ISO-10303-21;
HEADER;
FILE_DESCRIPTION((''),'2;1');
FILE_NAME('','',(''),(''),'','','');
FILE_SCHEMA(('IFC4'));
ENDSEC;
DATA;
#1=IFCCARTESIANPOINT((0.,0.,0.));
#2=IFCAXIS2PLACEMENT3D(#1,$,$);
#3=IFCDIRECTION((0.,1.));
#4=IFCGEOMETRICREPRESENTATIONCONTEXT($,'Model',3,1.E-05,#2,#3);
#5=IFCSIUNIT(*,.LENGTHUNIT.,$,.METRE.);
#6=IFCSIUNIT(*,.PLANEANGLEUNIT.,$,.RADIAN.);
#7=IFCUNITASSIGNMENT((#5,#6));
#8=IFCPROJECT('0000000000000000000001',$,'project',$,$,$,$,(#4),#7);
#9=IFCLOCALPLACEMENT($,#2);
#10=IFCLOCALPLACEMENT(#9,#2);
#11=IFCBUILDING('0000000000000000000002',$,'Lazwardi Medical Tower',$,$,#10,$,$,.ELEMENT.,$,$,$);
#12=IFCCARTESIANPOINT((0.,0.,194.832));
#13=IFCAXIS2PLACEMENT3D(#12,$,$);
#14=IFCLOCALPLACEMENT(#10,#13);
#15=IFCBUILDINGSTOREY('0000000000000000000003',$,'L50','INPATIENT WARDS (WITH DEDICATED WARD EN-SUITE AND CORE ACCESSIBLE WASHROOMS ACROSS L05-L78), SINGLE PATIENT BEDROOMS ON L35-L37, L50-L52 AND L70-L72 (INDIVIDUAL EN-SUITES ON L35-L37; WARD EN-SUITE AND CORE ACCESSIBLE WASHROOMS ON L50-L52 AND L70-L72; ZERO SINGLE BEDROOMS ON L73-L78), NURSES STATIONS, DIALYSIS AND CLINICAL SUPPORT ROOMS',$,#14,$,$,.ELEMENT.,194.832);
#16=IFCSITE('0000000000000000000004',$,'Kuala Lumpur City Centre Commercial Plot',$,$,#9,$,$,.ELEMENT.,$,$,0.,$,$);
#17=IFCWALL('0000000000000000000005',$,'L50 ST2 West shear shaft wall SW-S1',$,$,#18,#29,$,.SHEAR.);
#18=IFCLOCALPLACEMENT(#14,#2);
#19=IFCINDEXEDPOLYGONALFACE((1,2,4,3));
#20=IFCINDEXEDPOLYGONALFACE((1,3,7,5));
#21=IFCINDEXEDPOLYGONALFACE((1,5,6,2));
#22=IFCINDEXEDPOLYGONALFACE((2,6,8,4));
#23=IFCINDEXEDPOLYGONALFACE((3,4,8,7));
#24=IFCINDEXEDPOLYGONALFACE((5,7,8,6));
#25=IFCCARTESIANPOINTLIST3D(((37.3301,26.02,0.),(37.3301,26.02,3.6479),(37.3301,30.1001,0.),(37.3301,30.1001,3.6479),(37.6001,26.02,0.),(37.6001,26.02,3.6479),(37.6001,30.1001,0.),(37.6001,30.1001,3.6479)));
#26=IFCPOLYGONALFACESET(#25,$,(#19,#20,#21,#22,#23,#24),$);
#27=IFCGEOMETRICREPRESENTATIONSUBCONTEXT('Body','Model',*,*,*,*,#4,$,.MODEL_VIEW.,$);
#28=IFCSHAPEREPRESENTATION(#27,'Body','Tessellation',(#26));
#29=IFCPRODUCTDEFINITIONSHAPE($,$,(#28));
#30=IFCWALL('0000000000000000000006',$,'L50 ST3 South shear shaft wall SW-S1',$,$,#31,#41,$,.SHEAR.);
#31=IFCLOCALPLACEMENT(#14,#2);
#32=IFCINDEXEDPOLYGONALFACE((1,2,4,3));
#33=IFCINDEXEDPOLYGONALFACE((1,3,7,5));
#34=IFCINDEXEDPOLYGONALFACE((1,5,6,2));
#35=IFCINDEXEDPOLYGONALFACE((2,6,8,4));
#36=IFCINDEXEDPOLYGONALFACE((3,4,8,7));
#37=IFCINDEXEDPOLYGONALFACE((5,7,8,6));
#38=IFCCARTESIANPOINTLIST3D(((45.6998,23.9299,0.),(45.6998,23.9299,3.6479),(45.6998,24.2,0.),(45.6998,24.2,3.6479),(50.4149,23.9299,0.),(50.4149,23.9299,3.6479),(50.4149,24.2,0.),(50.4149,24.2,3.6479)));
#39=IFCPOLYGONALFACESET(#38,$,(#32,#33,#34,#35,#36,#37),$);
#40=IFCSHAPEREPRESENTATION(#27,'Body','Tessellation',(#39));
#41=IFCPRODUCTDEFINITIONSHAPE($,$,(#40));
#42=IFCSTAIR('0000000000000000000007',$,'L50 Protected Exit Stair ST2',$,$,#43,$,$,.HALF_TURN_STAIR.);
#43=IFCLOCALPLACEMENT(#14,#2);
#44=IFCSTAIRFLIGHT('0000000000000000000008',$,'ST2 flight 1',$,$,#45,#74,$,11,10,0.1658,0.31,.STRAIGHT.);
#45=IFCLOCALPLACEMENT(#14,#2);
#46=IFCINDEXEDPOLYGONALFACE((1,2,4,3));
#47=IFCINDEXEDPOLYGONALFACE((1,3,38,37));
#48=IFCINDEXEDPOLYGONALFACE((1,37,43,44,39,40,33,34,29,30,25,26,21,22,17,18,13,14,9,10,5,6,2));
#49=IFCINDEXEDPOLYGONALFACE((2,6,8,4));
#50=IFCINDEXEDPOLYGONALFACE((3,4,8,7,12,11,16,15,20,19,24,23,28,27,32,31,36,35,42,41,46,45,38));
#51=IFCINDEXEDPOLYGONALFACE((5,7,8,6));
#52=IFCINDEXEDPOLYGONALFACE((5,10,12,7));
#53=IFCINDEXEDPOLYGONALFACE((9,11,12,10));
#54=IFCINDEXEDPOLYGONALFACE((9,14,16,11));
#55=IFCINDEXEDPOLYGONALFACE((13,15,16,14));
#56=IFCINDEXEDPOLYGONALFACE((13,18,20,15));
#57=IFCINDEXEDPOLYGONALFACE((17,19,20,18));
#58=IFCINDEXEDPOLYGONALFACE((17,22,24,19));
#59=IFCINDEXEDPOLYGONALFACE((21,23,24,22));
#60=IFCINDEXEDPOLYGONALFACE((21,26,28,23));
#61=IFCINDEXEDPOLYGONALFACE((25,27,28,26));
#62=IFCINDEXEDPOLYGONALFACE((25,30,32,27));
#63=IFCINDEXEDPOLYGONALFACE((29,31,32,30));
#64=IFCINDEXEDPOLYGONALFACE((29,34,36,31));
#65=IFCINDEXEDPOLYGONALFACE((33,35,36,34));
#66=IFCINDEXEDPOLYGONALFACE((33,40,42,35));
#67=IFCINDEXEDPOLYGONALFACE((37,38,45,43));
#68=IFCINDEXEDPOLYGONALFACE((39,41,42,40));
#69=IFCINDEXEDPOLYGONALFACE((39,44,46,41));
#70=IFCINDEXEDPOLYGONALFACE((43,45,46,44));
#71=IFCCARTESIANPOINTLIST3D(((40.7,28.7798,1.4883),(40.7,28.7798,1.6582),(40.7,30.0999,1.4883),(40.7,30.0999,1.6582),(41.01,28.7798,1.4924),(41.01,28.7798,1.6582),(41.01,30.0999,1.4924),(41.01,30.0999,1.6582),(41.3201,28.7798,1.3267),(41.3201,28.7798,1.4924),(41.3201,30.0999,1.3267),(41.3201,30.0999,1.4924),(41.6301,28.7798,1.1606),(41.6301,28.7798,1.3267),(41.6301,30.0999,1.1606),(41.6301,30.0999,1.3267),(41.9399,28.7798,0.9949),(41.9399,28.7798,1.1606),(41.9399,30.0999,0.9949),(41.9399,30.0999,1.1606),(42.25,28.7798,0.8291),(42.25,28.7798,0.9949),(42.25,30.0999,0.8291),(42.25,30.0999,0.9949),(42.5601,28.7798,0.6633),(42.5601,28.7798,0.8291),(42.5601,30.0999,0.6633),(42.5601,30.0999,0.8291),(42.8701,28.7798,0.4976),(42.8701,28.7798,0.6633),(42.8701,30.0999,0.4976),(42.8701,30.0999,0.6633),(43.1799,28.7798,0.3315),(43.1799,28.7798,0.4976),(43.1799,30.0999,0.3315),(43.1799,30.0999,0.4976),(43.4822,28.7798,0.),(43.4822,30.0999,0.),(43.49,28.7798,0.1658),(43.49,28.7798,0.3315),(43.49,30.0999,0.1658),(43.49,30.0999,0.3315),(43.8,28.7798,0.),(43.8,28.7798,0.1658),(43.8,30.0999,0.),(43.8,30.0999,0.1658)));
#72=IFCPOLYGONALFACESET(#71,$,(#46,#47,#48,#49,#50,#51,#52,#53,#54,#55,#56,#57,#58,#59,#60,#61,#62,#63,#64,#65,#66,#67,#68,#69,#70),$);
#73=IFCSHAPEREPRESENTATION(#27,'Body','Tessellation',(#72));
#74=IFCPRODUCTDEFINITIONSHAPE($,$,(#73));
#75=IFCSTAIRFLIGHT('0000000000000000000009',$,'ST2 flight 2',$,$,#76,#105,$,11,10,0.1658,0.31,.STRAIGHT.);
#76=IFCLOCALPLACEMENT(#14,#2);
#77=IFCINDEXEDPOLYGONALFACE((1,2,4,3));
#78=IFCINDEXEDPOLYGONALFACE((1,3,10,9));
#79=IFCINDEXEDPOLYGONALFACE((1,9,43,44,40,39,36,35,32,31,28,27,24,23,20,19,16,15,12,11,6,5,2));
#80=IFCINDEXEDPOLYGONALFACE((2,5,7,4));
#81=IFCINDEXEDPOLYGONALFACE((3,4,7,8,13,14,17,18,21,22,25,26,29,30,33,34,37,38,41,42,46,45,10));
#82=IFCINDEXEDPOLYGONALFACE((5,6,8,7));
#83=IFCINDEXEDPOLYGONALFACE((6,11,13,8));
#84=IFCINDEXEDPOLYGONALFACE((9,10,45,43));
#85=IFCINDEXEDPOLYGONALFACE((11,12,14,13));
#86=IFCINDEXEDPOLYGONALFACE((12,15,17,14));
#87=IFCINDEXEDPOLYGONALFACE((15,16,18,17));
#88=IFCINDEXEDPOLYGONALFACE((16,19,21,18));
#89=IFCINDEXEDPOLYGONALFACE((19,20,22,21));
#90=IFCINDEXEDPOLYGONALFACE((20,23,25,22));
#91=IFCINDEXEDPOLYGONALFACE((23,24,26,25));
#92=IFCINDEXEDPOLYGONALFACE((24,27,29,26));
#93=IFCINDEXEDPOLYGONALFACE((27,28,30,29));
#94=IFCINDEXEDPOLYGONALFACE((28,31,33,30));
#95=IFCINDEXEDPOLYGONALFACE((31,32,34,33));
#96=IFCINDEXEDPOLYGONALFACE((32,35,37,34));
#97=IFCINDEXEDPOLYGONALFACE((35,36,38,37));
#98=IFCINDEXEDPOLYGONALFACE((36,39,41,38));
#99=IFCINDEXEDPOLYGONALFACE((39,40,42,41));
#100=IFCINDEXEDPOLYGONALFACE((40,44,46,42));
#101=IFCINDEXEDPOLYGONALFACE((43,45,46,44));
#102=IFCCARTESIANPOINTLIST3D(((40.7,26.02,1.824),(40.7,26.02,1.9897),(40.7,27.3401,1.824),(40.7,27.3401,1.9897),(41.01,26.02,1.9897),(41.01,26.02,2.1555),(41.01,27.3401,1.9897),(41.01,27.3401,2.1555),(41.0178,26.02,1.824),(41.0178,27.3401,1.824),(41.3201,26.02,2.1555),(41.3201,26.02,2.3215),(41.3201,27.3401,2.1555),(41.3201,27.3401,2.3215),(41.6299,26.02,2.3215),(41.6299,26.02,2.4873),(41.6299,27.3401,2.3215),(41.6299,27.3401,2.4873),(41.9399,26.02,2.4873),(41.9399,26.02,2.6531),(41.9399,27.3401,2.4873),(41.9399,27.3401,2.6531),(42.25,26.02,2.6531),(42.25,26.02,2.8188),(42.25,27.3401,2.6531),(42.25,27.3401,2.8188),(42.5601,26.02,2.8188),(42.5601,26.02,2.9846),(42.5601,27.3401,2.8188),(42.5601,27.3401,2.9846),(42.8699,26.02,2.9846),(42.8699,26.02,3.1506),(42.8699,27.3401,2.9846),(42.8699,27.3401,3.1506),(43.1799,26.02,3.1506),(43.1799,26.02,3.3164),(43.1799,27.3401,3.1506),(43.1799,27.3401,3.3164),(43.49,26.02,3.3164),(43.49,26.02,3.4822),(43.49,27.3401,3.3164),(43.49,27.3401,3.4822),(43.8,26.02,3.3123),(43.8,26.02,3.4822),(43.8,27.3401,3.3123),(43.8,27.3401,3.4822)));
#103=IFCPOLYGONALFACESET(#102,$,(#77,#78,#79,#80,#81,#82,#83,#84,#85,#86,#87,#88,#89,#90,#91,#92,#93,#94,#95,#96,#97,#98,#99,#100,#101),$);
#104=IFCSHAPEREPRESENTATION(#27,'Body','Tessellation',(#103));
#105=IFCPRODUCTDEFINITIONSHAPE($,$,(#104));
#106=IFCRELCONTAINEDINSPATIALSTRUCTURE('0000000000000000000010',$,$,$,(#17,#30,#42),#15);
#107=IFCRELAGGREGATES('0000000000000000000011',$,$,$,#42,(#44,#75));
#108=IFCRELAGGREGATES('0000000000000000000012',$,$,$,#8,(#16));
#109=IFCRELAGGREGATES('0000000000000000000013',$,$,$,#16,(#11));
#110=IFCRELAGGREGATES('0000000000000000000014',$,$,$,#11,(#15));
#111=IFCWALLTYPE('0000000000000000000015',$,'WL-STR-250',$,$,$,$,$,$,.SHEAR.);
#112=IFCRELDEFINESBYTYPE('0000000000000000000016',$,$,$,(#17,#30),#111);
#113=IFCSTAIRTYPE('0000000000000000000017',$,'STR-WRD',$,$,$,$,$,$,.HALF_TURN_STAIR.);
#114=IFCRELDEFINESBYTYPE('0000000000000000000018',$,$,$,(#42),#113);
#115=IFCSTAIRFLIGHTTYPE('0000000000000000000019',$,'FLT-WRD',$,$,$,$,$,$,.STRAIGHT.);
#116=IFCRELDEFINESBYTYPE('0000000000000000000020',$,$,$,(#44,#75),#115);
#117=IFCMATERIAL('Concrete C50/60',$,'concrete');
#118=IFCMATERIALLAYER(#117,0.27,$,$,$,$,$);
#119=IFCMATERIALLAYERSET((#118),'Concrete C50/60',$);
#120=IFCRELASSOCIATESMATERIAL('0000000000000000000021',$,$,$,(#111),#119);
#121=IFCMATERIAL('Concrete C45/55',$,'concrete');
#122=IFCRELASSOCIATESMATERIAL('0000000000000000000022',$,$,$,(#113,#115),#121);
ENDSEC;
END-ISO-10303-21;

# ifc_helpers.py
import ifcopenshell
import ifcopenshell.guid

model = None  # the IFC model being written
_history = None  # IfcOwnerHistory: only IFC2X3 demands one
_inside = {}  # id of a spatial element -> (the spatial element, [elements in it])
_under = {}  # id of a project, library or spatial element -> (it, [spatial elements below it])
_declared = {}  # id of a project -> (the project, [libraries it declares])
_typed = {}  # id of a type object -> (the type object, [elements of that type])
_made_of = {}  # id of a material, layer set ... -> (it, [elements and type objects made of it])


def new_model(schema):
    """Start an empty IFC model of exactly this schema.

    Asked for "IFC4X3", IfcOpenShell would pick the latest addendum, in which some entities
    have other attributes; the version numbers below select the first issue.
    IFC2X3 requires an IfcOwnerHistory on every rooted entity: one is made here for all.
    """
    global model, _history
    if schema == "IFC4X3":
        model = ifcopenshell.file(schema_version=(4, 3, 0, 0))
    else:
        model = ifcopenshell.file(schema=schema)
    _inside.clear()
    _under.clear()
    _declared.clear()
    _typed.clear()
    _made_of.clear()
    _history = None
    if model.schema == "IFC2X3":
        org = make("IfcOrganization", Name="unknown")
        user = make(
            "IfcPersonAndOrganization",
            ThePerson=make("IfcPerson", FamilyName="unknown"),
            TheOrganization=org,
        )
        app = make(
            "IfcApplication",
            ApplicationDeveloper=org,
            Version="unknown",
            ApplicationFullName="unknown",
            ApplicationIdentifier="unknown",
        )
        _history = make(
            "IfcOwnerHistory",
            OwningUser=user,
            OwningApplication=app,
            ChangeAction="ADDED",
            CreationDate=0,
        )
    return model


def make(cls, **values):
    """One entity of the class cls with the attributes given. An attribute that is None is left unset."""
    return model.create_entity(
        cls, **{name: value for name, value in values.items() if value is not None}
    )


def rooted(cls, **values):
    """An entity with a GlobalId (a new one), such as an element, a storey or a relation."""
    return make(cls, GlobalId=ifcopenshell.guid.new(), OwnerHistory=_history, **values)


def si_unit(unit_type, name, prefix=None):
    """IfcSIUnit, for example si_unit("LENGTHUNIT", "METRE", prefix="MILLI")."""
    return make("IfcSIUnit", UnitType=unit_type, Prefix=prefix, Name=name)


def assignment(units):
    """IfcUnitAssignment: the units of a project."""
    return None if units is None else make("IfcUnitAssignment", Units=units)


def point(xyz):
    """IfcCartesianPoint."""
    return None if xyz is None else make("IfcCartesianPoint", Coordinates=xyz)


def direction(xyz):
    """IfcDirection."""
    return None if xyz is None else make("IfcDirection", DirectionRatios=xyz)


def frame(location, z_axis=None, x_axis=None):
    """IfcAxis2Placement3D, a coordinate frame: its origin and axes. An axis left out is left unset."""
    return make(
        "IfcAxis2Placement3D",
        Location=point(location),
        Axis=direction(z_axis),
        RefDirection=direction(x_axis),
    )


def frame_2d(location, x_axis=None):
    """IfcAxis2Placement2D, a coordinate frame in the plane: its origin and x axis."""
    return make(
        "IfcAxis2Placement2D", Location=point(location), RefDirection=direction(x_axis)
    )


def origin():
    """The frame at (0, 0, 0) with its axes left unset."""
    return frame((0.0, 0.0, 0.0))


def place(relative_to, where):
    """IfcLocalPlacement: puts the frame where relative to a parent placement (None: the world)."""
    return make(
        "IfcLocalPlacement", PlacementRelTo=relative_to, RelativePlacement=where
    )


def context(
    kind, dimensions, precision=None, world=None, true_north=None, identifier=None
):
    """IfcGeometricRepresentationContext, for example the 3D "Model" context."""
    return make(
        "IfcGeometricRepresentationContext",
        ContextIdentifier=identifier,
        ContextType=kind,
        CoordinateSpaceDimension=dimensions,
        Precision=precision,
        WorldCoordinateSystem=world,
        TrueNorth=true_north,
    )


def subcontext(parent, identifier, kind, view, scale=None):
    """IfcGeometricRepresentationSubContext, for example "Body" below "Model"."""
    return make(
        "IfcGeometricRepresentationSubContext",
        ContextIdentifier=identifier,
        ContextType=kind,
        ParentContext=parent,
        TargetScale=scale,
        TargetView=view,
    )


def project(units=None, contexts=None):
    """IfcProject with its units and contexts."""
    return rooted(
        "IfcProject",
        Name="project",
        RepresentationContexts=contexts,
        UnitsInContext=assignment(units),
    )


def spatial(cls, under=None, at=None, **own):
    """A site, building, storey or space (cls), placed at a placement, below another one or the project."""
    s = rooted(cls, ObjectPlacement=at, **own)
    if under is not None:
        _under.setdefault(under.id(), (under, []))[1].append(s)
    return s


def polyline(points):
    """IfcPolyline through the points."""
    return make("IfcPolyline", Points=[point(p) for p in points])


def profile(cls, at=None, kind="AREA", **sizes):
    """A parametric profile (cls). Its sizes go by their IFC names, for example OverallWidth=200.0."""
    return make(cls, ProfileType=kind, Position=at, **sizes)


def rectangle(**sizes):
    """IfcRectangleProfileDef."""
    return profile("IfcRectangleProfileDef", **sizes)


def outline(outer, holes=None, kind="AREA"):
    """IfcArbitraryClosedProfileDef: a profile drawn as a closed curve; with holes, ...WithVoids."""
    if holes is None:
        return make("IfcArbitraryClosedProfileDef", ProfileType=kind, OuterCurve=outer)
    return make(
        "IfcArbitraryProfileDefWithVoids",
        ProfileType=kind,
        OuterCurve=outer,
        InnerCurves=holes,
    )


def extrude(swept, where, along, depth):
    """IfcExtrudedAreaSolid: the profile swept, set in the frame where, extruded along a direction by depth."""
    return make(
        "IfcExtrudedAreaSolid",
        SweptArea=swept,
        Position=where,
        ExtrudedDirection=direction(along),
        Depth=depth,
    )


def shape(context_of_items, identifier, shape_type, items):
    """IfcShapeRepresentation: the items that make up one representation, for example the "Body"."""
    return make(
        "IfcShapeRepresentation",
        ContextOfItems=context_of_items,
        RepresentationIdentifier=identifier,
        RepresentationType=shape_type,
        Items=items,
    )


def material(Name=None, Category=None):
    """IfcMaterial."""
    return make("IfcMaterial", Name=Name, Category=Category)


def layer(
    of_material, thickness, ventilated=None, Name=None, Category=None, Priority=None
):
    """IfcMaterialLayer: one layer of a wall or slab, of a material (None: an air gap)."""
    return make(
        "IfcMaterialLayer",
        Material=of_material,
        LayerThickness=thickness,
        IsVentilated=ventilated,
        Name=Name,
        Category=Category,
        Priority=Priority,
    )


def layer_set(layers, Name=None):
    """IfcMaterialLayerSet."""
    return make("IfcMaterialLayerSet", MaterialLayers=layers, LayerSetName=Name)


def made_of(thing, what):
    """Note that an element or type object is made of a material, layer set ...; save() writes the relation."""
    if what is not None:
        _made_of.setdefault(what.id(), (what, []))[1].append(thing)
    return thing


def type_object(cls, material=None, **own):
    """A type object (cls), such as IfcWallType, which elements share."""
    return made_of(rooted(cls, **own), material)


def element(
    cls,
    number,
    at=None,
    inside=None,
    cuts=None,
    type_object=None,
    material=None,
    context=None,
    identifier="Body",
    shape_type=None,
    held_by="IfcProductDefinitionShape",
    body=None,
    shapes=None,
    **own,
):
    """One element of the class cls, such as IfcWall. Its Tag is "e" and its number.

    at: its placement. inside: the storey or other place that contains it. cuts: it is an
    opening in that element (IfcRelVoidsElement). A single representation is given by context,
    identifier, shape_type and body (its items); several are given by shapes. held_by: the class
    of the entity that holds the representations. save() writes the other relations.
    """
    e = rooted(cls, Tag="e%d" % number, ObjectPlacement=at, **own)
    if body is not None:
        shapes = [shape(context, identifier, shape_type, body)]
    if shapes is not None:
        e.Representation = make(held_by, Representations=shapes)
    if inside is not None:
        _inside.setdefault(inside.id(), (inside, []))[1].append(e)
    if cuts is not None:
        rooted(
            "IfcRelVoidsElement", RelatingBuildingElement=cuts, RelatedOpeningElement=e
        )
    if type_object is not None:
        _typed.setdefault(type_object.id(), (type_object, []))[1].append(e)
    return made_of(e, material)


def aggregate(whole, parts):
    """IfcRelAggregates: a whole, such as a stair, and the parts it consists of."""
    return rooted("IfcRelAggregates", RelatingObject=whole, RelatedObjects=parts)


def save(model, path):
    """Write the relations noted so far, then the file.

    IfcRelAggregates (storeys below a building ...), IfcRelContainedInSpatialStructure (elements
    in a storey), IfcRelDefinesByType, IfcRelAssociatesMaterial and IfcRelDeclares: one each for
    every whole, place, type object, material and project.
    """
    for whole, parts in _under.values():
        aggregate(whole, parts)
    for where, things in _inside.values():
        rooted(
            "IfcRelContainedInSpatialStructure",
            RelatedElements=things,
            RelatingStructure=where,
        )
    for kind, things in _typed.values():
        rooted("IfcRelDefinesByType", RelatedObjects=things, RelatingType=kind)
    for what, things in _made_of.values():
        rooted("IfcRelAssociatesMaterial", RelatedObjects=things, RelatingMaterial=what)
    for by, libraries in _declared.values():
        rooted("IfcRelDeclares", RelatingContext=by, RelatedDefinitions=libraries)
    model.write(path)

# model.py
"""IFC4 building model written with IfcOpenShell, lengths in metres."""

from ifc_helpers import new_model, si_unit, direction, frame, frame_2d, origin, place, context, subcontext, project, spatial, polyline, rectangle, outline, extrude, material, layer, layer_set, type_object, element, aggregate, save


model = new_model("IFC4")

# Units and contexts
model_context = context("Model", 3, precision=1e-05, world=origin(), true_north=direction((0.0, 1.0)))
body_context = subcontext(model_context, "Body", "Model", "MODEL_VIEW")
ifc_project = project(units=[si_unit("LENGTHUNIT", "METRE"), si_unit("PLANEANGLEUNIT", "RADIAN")], contexts=[model_context])

# Site, building, storey
site_placement = place(None, origin())
site = spatial("IfcSite", under=ifc_project, at=site_placement, Name="Kuala Lumpur City Centre Commercial Plot", CompositionType="ELEMENT", RefElevation=0.0)
building_placement = place(site_placement, origin())
building = spatial("IfcBuilding", under=site, at=building_placement, Name="Lazwardi Medical Tower", CompositionType="ELEMENT")
storey_placement = place(building_placement, frame((0.0, 0.0, 194.832)))
storey = spatial("IfcBuildingStorey", under=building, at=storey_placement, Name="L50", Description="INPATIENT WARDS (WITH DEDICATED WARD EN-SUITE AND CORE ACCESSIBLE WASHROOMS ACROSS L05-L78), SINGLE PATIENT BEDROOMS ON L35-L37, L50-L52 AND L70-L72 (INDIVIDUAL EN-SUITES ON L35-L37; WARD EN-SUITE AND CORE ACCESSIBLE WASHROOMS ON L50-L52 AND L70-L72; ZERO SINGLE BEDROOMS ON L73-L78), NURSES STATIONS, DIALYSIS AND CLINICAL SUPPORT ROOMS", CompositionType="ELEMENT", Elevation=194.832)

# Shared definitions
ifc_material_1 = material(Name="Concrete C50/60", Category="concrete")
ifc_layer_1 = layer(ifc_material_1, 0.27)
ifc_layer_set_1 = layer_set([ifc_layer_1], Name="Concrete C50/60")
wall_type_1 = type_object("IfcWallType", Name="WL-STR-250", PredefinedType="SHEAR", material=ifc_layer_set_1)

# Walls
wall_1_placement = place(storey_placement, frame((37.4651, 26.02, 0.0), z_axis=(0.0, 0.0, 1.0), x_axis=(0.0, 1.0, 0.0)))
element("IfcWall", 1, at=wall_1_placement, inside=storey, type_object=wall_type_1, Name="L50 ST2 West shear shaft wall SW-S1", PredefinedType="SHEAR", context=body_context, shape_type="SweptSolid", body=[
    extrude(rectangle(XDim=4.0801, YDim=0.27, at=frame_2d((2.04, 0.0))), origin(), (0.0, 0.0, 1.0), 3.6479),
])
wall_2_placement = place(storey_placement, frame((45.7, 24.0649, 0.0), z_axis=(0.0, 0.0, 1.0), x_axis=(1.0, 0.0, 0.0)))
element("IfcWall", 2, at=wall_2_placement, inside=storey, type_object=wall_type_1, Name="L50 ST3 South shear shaft wall SW-S1", PredefinedType="SHEAR", context=body_context, shape_type="SweptSolid", body=[
    extrude(rectangle(XDim=4.7151, YDim=0.27, at=frame_2d((2.3574, 0.0))), origin(), (0.0, 0.0, 1.0), 3.6479),
])

# Stair, stair flights
ifc_material_2 = material(Name="Concrete C45/55", Category="concrete")
stair_type = type_object("IfcStairType", Name="STR-WRD", PredefinedType="HALF_TURN_STAIR", material=ifc_material_2)
stair_placement = place(storey_placement, origin())
stair = element("IfcStair", 3, at=stair_placement, inside=storey, type_object=stair_type, Name="L50 Protected Exit Stair ST2", PredefinedType="HALF_TURN_STAIR")
stair_flight_type = type_object("IfcStairFlightType", Name="FLT-WRD", PredefinedType="STRAIGHT", material=ifc_material_2)
stair_flight_1_placement = place(storey_placement, frame((43.8, 29.4399, 0.0), z_axis=(0.0, 0.0, 1.0), x_axis=(-1.0, 0.0, 0.0)))
stair_flight_1 = element("IfcStairFlight", 4, at=stair_flight_1_placement, type_object=stair_flight_type, Name="ST2 flight 1", NumberOfRisers=11, NumberOfTreads=10, PredefinedType="STRAIGHT", RiserHeight=0.1658, TreadLength=0.31, context=body_context, shape_type="SweptSolid", body=[
    extrude(outline(polyline([(0.0, 0.0), (0.0, 0.1658), (0.3101, 0.1658), (0.3101, 0.3315), (0.6201, 0.3315), (0.6201, 0.4976), (0.9299, 0.4976), (0.9299, 0.6633), (1.24, 0.6633), (1.24, 0.8291), (1.55, 0.8291), (1.55, 0.9949), (1.8601, 0.9949), (1.8601, 1.1606), (2.1699, 1.1606), (2.1699, 1.3267), (2.48, 1.3267), (2.48, 1.4924), (2.79, 1.4924), (2.79, 1.6582), (3.1001, 1.6582), (3.1001, 1.824), (3.1001, 1.4883), (0.3179, 0.0), (0.0, 0.0)])), frame((0.0, 0.6602, 0.0), z_axis=(0.0, -1.0, 0.0), x_axis=(1.0, 0.0, 0.0)), (0.0, 0.0, 1.0), 1.3201),
])
stair_flight_2_placement = place(storey_placement, frame((40.7, 26.6799, 1.824), z_axis=(0.0, 0.0, 1.0), x_axis=(1.0, 0.0, 0.0)))
stair_flight_2 = element("IfcStairFlight", 5, at=stair_flight_2_placement, type_object=stair_flight_type, Name="ST2 flight 2", NumberOfRisers=11, NumberOfTreads=10, PredefinedType="STRAIGHT", RiserHeight=0.1658, TreadLength=0.31, context=body_context, shape_type="SweptSolid", body=[
    extrude(outline(polyline([(0.0, 0.0), (0.0, 0.1658), (0.3101, 0.1658), (0.3101, 0.3315), (0.6201, 0.3315), (0.6201, 0.4976), (0.9299, 0.4976), (0.9299, 0.6633), (1.24, 0.6633), (1.24, 0.8291), (1.55, 0.8291), (1.55, 0.9949), (1.8601, 0.9949), (1.8601, 1.1606), (2.1699, 1.1606), (2.1699, 1.3267), (2.48, 1.3267), (2.48, 1.4924), (2.79, 1.4924), (2.79, 1.6582), (3.1001, 1.6582), (3.1001, 1.824), (3.1001, 1.4883), (0.3179, 0.0), (0.0, 0.0)])), frame((0.0, 0.6602, 0.0), z_axis=(0.0, -1.0, 0.0), x_axis=(1.0, 0.0, 0.0)), (0.0, 0.0, 1.0), 1.3201),
])
aggregate(stair, [stair_flight_1, stair_flight_2])

save(model, "model.ifc")
